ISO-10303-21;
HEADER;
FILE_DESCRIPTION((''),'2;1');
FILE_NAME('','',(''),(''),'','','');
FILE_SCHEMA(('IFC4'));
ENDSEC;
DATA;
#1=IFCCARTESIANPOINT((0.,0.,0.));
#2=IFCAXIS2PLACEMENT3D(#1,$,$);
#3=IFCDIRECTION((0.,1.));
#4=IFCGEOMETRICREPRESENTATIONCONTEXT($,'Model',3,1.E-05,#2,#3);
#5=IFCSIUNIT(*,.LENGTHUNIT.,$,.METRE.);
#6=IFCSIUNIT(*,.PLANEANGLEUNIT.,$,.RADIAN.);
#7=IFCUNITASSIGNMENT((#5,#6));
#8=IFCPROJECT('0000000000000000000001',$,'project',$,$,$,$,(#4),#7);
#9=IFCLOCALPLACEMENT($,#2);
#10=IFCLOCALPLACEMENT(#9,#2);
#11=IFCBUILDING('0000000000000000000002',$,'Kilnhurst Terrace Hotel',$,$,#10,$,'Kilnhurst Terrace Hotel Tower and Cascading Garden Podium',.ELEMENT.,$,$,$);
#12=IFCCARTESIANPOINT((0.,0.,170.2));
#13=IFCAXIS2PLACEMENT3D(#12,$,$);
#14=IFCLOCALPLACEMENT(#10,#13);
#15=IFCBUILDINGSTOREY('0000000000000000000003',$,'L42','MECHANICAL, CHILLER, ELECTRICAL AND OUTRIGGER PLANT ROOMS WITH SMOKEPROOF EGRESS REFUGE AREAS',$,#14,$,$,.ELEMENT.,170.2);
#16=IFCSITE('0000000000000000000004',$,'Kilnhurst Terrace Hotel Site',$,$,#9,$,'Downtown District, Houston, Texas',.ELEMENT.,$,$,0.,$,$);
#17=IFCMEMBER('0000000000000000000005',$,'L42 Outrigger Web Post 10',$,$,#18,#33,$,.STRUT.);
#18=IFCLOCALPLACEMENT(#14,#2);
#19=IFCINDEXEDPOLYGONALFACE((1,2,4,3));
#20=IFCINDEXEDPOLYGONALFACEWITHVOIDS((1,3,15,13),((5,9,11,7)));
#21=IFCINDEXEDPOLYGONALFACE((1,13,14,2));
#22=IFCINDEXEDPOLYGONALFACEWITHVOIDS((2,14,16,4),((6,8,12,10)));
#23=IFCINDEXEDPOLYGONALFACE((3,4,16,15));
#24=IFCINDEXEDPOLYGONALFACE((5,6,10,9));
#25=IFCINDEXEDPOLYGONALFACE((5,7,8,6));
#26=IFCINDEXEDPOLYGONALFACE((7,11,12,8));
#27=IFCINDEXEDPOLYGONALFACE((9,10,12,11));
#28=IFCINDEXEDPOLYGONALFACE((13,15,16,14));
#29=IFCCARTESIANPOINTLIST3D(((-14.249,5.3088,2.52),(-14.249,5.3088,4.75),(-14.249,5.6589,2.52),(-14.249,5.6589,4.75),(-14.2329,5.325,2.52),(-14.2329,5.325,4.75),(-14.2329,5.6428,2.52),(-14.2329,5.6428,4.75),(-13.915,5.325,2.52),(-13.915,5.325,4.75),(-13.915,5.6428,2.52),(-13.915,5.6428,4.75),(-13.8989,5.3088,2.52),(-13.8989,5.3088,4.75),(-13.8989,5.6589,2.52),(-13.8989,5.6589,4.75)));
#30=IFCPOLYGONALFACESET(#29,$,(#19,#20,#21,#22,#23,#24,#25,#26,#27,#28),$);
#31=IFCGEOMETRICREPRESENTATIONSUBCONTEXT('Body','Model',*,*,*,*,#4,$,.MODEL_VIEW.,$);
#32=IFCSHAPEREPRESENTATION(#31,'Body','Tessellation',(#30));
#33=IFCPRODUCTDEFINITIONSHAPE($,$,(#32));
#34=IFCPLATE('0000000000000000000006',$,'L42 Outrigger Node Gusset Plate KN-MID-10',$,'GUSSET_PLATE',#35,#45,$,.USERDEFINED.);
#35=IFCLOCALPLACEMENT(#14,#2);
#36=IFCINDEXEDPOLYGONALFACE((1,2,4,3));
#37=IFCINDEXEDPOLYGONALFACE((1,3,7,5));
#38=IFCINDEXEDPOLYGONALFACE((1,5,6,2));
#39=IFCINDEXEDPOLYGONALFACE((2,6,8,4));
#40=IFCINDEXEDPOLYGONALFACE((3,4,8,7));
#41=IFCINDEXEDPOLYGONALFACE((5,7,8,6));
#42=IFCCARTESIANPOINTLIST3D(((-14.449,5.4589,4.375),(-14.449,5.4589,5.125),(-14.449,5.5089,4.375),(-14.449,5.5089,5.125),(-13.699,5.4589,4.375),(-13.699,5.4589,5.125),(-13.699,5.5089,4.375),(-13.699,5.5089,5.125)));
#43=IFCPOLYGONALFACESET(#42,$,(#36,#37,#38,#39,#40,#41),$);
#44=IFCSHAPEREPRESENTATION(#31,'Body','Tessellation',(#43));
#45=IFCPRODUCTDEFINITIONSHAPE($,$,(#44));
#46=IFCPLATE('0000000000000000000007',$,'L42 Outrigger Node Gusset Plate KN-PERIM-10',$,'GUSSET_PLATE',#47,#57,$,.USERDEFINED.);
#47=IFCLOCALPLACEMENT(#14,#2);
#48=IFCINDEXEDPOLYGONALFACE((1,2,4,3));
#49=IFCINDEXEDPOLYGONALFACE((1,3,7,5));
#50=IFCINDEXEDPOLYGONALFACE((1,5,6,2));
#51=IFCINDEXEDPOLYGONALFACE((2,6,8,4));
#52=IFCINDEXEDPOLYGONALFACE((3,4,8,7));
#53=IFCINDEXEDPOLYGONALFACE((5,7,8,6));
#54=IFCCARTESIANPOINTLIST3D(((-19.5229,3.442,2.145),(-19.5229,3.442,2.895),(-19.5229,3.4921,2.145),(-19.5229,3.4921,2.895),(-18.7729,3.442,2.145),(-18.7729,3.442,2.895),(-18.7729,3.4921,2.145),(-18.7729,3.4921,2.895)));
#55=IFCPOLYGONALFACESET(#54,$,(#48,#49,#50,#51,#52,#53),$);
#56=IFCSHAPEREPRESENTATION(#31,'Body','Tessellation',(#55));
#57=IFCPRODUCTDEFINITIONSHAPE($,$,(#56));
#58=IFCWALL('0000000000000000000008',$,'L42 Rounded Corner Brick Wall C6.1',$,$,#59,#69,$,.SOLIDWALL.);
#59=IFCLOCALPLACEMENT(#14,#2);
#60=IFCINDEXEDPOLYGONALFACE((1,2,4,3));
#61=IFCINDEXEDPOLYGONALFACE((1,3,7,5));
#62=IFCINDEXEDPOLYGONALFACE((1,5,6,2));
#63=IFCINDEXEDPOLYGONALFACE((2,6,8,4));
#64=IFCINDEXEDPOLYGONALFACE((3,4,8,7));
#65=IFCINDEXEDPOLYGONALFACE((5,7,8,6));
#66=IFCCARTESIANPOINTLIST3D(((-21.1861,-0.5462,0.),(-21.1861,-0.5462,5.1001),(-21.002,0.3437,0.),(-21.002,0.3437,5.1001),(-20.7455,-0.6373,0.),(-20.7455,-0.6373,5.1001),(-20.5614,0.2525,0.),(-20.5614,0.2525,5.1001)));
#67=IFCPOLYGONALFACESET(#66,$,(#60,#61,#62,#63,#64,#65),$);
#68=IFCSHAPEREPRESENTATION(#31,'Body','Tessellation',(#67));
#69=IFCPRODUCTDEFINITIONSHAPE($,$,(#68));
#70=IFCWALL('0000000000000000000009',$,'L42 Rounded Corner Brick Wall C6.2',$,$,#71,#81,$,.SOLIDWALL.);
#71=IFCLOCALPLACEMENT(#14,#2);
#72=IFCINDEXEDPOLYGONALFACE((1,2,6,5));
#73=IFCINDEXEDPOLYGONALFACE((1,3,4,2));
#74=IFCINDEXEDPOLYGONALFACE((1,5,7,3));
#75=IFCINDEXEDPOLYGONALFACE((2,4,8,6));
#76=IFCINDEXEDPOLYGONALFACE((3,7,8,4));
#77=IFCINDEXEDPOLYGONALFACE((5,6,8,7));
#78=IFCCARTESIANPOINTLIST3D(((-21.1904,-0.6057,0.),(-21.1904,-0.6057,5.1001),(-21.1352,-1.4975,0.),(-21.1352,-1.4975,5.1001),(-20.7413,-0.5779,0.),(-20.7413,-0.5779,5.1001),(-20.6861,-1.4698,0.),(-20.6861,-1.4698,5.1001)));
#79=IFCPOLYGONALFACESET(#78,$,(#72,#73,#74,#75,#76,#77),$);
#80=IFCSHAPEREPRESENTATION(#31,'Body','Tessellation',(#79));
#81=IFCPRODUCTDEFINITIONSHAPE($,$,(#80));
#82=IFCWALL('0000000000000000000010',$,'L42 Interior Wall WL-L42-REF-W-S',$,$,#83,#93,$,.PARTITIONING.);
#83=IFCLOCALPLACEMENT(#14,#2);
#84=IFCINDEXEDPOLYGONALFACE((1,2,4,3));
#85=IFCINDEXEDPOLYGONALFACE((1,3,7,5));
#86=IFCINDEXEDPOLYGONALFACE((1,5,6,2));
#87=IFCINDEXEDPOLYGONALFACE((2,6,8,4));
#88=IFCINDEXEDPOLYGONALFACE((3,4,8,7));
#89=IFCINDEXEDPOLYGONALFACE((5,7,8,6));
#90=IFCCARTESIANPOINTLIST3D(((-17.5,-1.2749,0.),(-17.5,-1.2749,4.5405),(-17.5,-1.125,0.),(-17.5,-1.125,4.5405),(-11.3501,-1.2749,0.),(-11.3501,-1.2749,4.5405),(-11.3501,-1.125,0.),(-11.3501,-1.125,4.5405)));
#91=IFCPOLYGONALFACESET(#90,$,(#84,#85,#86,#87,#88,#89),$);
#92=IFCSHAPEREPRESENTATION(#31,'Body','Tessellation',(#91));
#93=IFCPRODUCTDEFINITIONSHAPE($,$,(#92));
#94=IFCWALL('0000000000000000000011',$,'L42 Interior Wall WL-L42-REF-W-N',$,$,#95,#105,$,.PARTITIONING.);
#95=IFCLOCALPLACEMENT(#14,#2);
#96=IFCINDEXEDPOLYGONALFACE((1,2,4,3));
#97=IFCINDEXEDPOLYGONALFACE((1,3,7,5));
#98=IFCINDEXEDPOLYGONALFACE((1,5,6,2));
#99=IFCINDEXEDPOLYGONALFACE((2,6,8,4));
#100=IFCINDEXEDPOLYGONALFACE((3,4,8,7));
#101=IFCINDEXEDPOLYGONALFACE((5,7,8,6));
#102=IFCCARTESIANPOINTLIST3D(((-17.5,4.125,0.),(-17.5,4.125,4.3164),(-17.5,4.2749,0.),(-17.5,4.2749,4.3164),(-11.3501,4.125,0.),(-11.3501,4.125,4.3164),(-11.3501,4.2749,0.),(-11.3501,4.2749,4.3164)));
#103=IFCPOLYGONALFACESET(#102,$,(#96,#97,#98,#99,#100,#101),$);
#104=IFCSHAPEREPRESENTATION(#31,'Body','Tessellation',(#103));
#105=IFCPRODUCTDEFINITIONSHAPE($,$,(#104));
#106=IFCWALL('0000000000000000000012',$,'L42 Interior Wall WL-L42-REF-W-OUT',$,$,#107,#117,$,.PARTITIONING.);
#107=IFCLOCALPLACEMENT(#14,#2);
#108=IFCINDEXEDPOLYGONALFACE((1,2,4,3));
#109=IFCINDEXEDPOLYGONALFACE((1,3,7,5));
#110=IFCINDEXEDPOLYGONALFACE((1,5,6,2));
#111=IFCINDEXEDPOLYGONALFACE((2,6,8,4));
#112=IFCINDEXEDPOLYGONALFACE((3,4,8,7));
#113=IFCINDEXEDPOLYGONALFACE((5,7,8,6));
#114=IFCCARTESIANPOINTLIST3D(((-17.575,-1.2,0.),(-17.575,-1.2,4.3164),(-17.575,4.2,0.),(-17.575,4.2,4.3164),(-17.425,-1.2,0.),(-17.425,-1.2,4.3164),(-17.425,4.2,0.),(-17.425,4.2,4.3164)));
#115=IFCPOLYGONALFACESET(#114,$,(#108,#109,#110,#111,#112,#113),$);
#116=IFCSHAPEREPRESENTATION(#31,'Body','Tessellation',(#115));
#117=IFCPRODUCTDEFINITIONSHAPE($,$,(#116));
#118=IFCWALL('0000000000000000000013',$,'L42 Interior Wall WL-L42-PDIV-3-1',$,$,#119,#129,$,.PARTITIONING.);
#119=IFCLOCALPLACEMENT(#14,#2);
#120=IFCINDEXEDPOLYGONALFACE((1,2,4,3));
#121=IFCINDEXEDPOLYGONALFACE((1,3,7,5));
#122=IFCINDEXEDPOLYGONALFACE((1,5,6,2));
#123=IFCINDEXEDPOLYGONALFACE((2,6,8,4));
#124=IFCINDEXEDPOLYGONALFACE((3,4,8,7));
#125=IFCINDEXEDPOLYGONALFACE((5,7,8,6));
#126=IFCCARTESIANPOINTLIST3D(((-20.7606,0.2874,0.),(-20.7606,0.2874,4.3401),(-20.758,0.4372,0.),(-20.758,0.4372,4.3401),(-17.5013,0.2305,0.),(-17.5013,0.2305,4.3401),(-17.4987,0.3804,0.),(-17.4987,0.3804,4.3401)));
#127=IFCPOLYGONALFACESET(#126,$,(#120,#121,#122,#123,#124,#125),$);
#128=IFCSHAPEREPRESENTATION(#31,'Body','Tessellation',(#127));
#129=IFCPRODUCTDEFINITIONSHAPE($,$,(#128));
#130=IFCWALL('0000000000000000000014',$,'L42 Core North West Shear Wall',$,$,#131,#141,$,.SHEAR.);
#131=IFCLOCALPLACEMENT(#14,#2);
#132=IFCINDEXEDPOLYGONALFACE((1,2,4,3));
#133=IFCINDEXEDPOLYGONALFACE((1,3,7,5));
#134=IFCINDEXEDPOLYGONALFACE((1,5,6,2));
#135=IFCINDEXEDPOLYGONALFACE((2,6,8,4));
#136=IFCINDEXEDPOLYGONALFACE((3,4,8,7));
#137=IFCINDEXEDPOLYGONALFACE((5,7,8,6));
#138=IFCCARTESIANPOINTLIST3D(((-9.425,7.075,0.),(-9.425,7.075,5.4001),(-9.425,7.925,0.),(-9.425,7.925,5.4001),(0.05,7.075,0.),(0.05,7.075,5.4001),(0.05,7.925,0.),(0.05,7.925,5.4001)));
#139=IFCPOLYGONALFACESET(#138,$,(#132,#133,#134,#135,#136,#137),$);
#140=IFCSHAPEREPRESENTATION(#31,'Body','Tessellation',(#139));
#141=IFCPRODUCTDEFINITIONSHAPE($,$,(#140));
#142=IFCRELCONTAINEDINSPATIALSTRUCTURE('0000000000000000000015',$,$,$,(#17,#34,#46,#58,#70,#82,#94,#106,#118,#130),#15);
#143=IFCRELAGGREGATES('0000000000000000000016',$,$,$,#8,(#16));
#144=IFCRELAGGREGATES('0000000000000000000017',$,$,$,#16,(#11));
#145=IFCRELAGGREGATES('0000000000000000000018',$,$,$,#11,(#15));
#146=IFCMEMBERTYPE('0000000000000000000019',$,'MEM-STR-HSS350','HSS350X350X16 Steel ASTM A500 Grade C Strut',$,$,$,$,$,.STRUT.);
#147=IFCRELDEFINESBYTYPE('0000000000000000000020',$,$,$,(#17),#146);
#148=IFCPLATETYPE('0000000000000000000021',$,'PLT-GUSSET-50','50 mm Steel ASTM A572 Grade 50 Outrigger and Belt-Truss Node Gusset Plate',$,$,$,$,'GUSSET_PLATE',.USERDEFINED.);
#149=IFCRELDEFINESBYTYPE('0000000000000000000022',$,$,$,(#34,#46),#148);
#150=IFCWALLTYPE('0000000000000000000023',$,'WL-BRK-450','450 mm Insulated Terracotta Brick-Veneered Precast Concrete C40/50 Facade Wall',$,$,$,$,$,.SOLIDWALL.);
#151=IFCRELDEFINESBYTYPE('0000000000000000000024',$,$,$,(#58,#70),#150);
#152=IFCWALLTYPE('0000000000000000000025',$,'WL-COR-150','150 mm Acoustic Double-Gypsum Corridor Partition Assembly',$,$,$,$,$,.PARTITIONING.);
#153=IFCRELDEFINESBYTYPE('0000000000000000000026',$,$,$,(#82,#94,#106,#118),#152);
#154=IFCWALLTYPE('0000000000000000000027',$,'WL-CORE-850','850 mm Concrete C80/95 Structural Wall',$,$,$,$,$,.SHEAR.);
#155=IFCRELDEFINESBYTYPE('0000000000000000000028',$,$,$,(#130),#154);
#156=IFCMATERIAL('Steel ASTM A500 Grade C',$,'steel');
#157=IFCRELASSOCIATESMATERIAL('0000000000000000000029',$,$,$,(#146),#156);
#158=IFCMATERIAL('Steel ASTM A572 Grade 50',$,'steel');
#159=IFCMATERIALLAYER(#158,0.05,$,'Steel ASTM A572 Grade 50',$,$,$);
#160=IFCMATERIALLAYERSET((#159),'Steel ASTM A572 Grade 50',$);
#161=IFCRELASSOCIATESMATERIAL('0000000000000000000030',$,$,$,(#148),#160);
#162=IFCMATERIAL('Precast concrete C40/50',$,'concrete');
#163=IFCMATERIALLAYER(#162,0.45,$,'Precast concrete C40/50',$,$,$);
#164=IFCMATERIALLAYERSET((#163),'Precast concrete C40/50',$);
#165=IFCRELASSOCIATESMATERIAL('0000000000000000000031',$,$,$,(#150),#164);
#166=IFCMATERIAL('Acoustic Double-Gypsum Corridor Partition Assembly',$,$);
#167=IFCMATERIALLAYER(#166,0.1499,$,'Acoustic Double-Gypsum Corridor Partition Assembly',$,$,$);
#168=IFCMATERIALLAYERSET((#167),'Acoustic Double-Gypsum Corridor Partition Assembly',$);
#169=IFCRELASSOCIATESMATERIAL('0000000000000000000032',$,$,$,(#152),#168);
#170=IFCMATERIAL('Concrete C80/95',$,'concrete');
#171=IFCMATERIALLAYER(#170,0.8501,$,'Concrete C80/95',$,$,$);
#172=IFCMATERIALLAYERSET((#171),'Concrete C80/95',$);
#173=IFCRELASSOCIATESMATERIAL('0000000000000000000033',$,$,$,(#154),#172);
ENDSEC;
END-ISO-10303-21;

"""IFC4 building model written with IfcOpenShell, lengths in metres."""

from ifc_helpers import new_model, si_unit, direction, frame, frame_2d, origin, origin_2d, place, context, subcontext, project, spatial, rectangle, hollow_rectangle, extrude, material, layer, layer_set, material_profile, profile_set, type_object, element, save


model = new_model("IFC4")

# Units and contexts
model_context = context("Model", 3, precision=1e-05, world=origin(), true_north=direction((0.0, 1.0)))
body_context = subcontext(model_context, "Body", "Model", "MODEL_VIEW")
ifc_project = project(units=[si_unit("LENGTHUNIT", "METRE"), si_unit("PLANEANGLEUNIT", "RADIAN")], contexts=[model_context])

# Site, building, storey
site_placement = place(None, origin())
site = spatial("IfcSite", under=ifc_project, at=site_placement, Name="Kilnhurst Terrace Hotel Site", LongName="Downtown District, Houston, Texas", CompositionType="ELEMENT", RefElevation=0.0)
building_placement = place(site_placement, origin())
building = spatial("IfcBuilding", under=site, at=building_placement, Name="Kilnhurst Terrace Hotel", LongName="Kilnhurst Terrace Hotel Tower and Cascading Garden Podium", CompositionType="ELEMENT")
storey_placement = place(building_placement, frame((0.0, 0.0, 170.2)))
storey = spatial("IfcBuildingStorey", under=building, at=storey_placement, Name="L42", Description="MECHANICAL, CHILLER, ELECTRICAL AND OUTRIGGER PLANT ROOMS WITH SMOKEPROOF EGRESS REFUGE AREAS", CompositionType="ELEMENT", Elevation=170.2)

# Shared definitions
ifc_material_1 = material(Name="Concrete C80/95", Category="concrete")

# Member
ifc_material_2 = material(Name="Steel ASTM A500 Grade C", Category="steel")
ifc_material_profile_1 = material_profile(ifc_material_2, hollow_rectangle(XDim=0.3501, YDim=0.3501, WallThickness=0.0161, at=origin_2d()), Name="HSS350X350X16")
ifc_profile_set_1 = profile_set([ifc_material_profile_1], Name="Steel ASTM A500 Grade C")
member_type_1 = type_object("IfcMemberType", Name="MEM-STR-HSS350", Description="HSS350X350X16 Steel ASTM A500 Grade C Strut", PredefinedType="STRUT", material=ifc_profile_set_1)
member_1_placement = place(storey_placement, frame((-14.074, 5.4839, 2.52), z_axis=(0.0, 0.0, 1.0), x_axis=(1.0, 0.0, 0.0)))
element("IfcMember", 1, at=member_1_placement, inside=storey, type_object=member_type_1, Name="L42 Outrigger Web Post 10", PredefinedType="STRUT", context=body_context, shape_type="SweptSolid", body=[
    extrude(hollow_rectangle(XDim=0.3501, YDim=0.3501, WallThickness=0.0161, at=origin_2d()), origin(), (0.0, 0.0, 1.0), 2.23),
])

# Plates
ifc_material_3 = material(Name="Steel ASTM A572 Grade 50", Category="steel")
ifc_layer_1 = layer(ifc_material_3, 0.05, Name="Steel ASTM A572 Grade 50")
ifc_layer_set_1 = layer_set([ifc_layer_1], Name="Steel ASTM A572 Grade 50")
plate_type = type_object("IfcPlateType", Name="PLT-GUSSET-50", Description="50 mm Steel ASTM A572 Grade 50 Outrigger and Belt-Truss Node Gusset Plate", ElementType="GUSSET_PLATE", PredefinedType="USERDEFINED", material=ifc_layer_set_1)
for number, where, z_axis, x_axis, name in (
    (2, (-14.074, 5.4839, 4.375), (0.0, 0.0, 1.0), (1.0, 0.0, 0.0), "L42 Outrigger Node Gusset Plate KN-MID-10"),
    (3, (-19.1479, 3.467, 2.145), (0.0, 0.0, 1.0), (1.0, 0.0, 0.0), "L42 Outrigger Node Gusset Plate KN-PERIM-10"),
):
    element("IfcPlate", number, at=place(storey_placement, frame(where, z_axis=z_axis, x_axis=x_axis)), inside=storey, type_object=plate_type, Name=name, ObjectType="GUSSET_PLATE", PredefinedType="USERDEFINED", context=body_context, shape_type="SweptSolid", body=[
        extrude(rectangle(XDim=0.75, YDim=0.05, at=origin_2d()), origin(), (0.0, 0.0, 1.0), 0.75),
    ])

# Walls
ifc_material_4 = material(Name="Precast concrete C40/50", Category="concrete")
ifc_layer_2 = layer(ifc_material_4, 0.45, Name="Precast concrete C40/50")
ifc_layer_set_2 = layer_set([ifc_layer_2], Name="Precast concrete C40/50")
wall_type_1 = type_object("IfcWallType", Name="WL-BRK-450", Description="450 mm Insulated Terracotta Brick-Veneered Precast Concrete C40/50 Facade Wall", PredefinedType="SOLIDWALL", material=ifc_layer_set_2)
wall_1_placement = place(storey_placement, frame((-20.7817, 0.2981, 0.0), z_axis=(0.0, 0.0, 1.0), x_axis=(-0.20257, -0.979268, 0.0)))
element("IfcWall", 4, at=wall_1_placement, inside=storey, type_object=wall_type_1, Name="L42 Rounded Corner Brick Wall C6.1", PredefinedType="SOLIDWALL", context=body_context, shape_type="SweptSolid", body=[
    extrude(rectangle(XDim=0.9087, YDim=0.45, at=frame_2d((0.4543, 0.0))), origin(), (0.0, 0.0, 1.0), 5.1001),
])
wall_2_placement = place(storey_placement, frame((-20.9658, -0.5918, 0.0), z_axis=(0.0, 0.0, 1.0), x_axis=(0.061749, -0.998092, 0.0)))
element("IfcWall", 5, at=wall_2_placement, inside=storey, type_object=wall_type_1, Name="L42 Rounded Corner Brick Wall C6.2", PredefinedType="SOLIDWALL", context=body_context, shape_type="SweptSolid", body=[
    extrude(rectangle(XDim=0.8936, YDim=0.45, at=frame_2d((0.4468, 0.0))), origin(), (0.0, 0.0, 1.0), 5.1001),
])
ifc_material_5 = material(Name="Acoustic Double-Gypsum Corridor Partition Assembly")
ifc_layer_3 = layer(ifc_material_5, 0.1499, Name="Acoustic Double-Gypsum Corridor Partition Assembly")
ifc_layer_set_3 = layer_set([ifc_layer_3], Name="Acoustic Double-Gypsum Corridor Partition Assembly")
wall_type_2 = type_object("IfcWallType", Name="WL-COR-150", Description="150 mm Acoustic Double-Gypsum Corridor Partition Assembly", PredefinedType="PARTITIONING", material=ifc_layer_set_3)
wall_3_placement = place(storey_placement, frame((-17.5, -1.2, 0.0), z_axis=(0.0, 0.0, 1.0), x_axis=(1.0, 0.0, 0.0)))
element("IfcWall", 6, at=wall_3_placement, inside=storey, type_object=wall_type_2, Name="L42 Interior Wall WL-L42-REF-W-S", PredefinedType="PARTITIONING", context=body_context, shape_type="SweptSolid", body=[
    extrude(rectangle(XDim=6.1499, YDim=0.1499, at=frame_2d((3.075, 0.0))), origin(), (0.0, 0.0, 1.0), 4.5405),
])
wall_4_placement = place(storey_placement, frame((-17.5, 4.2, 0.0), z_axis=(0.0, 0.0, 1.0), x_axis=(1.0, 0.0, 0.0)))
element("IfcWall", 7, at=wall_4_placement, inside=storey, type_object=wall_type_2, Name="L42 Interior Wall WL-L42-REF-W-N", PredefinedType="PARTITIONING", context=body_context, shape_type="SweptSolid", body=[
    extrude(rectangle(XDim=6.1499, YDim=0.1499, at=frame_2d((3.075, 0.0))), origin(), (0.0, 0.0, 1.0), 4.3164),
])
wall_5_placement = place(storey_placement, frame((-17.5, -1.2, 0.0), z_axis=(0.0, 0.0, 1.0), x_axis=(0.0, 1.0, 0.0)))
element("IfcWall", 8, at=wall_5_placement, inside=storey, type_object=wall_type_2, Name="L42 Interior Wall WL-L42-REF-W-OUT", PredefinedType="PARTITIONING", context=body_context, shape_type="SweptSolid", body=[
    extrude(rectangle(XDim=5.3999, YDim=0.1499, at=frame_2d((2.7, 0.0))), origin(), (0.0, 0.0, 1.0), 4.3164),
])
wall_6_placement = place(storey_placement, frame((-17.5, 0.3054, 0.0), z_axis=(0.0, 0.0, 1.0), x_axis=(-0.999848, 0.017451, 0.0)))
element("IfcWall", 9, at=wall_6_placement, inside=storey, type_object=wall_type_2, Name="L42 Interior Wall WL-L42-PDIV-3-1", PredefinedType="PARTITIONING", context=body_context, shape_type="SweptSolid", body=[
    extrude(rectangle(XDim=3.2598, YDim=0.1499, at=frame_2d((1.6299, 0.0))), origin(), (0.0, 0.0, 1.0), 4.3401),
])
ifc_layer_4 = layer(ifc_material_1, 0.8501, Name="Concrete C80/95")
ifc_layer_set_4 = layer_set([ifc_layer_4], Name="Concrete C80/95")
wall_type_3 = type_object("IfcWallType", Name="WL-CORE-850", Description="850 mm Concrete C80/95 Structural Wall", PredefinedType="SHEAR", material=ifc_layer_set_4)
wall_7_placement = place(storey_placement, frame((-9.425, 7.5, 0.0), z_axis=(0.0, 0.0, 1.0), x_axis=(1.0, 0.0, 0.0)))
element("IfcWall", 10, at=wall_7_placement, inside=storey, type_object=wall_type_3, Name="L42 Core North West Shear Wall", PredefinedType="SHEAR", context=body_context, shape_type="SweptSolid", body=[
    extrude(rectangle(XDim=9.4751, YDim=0.8501, at=frame_2d((4.7375, 0.0))), origin(), (0.0, 0.0, 1.0), 5.4001),
])

save(model, "model.ifc")
